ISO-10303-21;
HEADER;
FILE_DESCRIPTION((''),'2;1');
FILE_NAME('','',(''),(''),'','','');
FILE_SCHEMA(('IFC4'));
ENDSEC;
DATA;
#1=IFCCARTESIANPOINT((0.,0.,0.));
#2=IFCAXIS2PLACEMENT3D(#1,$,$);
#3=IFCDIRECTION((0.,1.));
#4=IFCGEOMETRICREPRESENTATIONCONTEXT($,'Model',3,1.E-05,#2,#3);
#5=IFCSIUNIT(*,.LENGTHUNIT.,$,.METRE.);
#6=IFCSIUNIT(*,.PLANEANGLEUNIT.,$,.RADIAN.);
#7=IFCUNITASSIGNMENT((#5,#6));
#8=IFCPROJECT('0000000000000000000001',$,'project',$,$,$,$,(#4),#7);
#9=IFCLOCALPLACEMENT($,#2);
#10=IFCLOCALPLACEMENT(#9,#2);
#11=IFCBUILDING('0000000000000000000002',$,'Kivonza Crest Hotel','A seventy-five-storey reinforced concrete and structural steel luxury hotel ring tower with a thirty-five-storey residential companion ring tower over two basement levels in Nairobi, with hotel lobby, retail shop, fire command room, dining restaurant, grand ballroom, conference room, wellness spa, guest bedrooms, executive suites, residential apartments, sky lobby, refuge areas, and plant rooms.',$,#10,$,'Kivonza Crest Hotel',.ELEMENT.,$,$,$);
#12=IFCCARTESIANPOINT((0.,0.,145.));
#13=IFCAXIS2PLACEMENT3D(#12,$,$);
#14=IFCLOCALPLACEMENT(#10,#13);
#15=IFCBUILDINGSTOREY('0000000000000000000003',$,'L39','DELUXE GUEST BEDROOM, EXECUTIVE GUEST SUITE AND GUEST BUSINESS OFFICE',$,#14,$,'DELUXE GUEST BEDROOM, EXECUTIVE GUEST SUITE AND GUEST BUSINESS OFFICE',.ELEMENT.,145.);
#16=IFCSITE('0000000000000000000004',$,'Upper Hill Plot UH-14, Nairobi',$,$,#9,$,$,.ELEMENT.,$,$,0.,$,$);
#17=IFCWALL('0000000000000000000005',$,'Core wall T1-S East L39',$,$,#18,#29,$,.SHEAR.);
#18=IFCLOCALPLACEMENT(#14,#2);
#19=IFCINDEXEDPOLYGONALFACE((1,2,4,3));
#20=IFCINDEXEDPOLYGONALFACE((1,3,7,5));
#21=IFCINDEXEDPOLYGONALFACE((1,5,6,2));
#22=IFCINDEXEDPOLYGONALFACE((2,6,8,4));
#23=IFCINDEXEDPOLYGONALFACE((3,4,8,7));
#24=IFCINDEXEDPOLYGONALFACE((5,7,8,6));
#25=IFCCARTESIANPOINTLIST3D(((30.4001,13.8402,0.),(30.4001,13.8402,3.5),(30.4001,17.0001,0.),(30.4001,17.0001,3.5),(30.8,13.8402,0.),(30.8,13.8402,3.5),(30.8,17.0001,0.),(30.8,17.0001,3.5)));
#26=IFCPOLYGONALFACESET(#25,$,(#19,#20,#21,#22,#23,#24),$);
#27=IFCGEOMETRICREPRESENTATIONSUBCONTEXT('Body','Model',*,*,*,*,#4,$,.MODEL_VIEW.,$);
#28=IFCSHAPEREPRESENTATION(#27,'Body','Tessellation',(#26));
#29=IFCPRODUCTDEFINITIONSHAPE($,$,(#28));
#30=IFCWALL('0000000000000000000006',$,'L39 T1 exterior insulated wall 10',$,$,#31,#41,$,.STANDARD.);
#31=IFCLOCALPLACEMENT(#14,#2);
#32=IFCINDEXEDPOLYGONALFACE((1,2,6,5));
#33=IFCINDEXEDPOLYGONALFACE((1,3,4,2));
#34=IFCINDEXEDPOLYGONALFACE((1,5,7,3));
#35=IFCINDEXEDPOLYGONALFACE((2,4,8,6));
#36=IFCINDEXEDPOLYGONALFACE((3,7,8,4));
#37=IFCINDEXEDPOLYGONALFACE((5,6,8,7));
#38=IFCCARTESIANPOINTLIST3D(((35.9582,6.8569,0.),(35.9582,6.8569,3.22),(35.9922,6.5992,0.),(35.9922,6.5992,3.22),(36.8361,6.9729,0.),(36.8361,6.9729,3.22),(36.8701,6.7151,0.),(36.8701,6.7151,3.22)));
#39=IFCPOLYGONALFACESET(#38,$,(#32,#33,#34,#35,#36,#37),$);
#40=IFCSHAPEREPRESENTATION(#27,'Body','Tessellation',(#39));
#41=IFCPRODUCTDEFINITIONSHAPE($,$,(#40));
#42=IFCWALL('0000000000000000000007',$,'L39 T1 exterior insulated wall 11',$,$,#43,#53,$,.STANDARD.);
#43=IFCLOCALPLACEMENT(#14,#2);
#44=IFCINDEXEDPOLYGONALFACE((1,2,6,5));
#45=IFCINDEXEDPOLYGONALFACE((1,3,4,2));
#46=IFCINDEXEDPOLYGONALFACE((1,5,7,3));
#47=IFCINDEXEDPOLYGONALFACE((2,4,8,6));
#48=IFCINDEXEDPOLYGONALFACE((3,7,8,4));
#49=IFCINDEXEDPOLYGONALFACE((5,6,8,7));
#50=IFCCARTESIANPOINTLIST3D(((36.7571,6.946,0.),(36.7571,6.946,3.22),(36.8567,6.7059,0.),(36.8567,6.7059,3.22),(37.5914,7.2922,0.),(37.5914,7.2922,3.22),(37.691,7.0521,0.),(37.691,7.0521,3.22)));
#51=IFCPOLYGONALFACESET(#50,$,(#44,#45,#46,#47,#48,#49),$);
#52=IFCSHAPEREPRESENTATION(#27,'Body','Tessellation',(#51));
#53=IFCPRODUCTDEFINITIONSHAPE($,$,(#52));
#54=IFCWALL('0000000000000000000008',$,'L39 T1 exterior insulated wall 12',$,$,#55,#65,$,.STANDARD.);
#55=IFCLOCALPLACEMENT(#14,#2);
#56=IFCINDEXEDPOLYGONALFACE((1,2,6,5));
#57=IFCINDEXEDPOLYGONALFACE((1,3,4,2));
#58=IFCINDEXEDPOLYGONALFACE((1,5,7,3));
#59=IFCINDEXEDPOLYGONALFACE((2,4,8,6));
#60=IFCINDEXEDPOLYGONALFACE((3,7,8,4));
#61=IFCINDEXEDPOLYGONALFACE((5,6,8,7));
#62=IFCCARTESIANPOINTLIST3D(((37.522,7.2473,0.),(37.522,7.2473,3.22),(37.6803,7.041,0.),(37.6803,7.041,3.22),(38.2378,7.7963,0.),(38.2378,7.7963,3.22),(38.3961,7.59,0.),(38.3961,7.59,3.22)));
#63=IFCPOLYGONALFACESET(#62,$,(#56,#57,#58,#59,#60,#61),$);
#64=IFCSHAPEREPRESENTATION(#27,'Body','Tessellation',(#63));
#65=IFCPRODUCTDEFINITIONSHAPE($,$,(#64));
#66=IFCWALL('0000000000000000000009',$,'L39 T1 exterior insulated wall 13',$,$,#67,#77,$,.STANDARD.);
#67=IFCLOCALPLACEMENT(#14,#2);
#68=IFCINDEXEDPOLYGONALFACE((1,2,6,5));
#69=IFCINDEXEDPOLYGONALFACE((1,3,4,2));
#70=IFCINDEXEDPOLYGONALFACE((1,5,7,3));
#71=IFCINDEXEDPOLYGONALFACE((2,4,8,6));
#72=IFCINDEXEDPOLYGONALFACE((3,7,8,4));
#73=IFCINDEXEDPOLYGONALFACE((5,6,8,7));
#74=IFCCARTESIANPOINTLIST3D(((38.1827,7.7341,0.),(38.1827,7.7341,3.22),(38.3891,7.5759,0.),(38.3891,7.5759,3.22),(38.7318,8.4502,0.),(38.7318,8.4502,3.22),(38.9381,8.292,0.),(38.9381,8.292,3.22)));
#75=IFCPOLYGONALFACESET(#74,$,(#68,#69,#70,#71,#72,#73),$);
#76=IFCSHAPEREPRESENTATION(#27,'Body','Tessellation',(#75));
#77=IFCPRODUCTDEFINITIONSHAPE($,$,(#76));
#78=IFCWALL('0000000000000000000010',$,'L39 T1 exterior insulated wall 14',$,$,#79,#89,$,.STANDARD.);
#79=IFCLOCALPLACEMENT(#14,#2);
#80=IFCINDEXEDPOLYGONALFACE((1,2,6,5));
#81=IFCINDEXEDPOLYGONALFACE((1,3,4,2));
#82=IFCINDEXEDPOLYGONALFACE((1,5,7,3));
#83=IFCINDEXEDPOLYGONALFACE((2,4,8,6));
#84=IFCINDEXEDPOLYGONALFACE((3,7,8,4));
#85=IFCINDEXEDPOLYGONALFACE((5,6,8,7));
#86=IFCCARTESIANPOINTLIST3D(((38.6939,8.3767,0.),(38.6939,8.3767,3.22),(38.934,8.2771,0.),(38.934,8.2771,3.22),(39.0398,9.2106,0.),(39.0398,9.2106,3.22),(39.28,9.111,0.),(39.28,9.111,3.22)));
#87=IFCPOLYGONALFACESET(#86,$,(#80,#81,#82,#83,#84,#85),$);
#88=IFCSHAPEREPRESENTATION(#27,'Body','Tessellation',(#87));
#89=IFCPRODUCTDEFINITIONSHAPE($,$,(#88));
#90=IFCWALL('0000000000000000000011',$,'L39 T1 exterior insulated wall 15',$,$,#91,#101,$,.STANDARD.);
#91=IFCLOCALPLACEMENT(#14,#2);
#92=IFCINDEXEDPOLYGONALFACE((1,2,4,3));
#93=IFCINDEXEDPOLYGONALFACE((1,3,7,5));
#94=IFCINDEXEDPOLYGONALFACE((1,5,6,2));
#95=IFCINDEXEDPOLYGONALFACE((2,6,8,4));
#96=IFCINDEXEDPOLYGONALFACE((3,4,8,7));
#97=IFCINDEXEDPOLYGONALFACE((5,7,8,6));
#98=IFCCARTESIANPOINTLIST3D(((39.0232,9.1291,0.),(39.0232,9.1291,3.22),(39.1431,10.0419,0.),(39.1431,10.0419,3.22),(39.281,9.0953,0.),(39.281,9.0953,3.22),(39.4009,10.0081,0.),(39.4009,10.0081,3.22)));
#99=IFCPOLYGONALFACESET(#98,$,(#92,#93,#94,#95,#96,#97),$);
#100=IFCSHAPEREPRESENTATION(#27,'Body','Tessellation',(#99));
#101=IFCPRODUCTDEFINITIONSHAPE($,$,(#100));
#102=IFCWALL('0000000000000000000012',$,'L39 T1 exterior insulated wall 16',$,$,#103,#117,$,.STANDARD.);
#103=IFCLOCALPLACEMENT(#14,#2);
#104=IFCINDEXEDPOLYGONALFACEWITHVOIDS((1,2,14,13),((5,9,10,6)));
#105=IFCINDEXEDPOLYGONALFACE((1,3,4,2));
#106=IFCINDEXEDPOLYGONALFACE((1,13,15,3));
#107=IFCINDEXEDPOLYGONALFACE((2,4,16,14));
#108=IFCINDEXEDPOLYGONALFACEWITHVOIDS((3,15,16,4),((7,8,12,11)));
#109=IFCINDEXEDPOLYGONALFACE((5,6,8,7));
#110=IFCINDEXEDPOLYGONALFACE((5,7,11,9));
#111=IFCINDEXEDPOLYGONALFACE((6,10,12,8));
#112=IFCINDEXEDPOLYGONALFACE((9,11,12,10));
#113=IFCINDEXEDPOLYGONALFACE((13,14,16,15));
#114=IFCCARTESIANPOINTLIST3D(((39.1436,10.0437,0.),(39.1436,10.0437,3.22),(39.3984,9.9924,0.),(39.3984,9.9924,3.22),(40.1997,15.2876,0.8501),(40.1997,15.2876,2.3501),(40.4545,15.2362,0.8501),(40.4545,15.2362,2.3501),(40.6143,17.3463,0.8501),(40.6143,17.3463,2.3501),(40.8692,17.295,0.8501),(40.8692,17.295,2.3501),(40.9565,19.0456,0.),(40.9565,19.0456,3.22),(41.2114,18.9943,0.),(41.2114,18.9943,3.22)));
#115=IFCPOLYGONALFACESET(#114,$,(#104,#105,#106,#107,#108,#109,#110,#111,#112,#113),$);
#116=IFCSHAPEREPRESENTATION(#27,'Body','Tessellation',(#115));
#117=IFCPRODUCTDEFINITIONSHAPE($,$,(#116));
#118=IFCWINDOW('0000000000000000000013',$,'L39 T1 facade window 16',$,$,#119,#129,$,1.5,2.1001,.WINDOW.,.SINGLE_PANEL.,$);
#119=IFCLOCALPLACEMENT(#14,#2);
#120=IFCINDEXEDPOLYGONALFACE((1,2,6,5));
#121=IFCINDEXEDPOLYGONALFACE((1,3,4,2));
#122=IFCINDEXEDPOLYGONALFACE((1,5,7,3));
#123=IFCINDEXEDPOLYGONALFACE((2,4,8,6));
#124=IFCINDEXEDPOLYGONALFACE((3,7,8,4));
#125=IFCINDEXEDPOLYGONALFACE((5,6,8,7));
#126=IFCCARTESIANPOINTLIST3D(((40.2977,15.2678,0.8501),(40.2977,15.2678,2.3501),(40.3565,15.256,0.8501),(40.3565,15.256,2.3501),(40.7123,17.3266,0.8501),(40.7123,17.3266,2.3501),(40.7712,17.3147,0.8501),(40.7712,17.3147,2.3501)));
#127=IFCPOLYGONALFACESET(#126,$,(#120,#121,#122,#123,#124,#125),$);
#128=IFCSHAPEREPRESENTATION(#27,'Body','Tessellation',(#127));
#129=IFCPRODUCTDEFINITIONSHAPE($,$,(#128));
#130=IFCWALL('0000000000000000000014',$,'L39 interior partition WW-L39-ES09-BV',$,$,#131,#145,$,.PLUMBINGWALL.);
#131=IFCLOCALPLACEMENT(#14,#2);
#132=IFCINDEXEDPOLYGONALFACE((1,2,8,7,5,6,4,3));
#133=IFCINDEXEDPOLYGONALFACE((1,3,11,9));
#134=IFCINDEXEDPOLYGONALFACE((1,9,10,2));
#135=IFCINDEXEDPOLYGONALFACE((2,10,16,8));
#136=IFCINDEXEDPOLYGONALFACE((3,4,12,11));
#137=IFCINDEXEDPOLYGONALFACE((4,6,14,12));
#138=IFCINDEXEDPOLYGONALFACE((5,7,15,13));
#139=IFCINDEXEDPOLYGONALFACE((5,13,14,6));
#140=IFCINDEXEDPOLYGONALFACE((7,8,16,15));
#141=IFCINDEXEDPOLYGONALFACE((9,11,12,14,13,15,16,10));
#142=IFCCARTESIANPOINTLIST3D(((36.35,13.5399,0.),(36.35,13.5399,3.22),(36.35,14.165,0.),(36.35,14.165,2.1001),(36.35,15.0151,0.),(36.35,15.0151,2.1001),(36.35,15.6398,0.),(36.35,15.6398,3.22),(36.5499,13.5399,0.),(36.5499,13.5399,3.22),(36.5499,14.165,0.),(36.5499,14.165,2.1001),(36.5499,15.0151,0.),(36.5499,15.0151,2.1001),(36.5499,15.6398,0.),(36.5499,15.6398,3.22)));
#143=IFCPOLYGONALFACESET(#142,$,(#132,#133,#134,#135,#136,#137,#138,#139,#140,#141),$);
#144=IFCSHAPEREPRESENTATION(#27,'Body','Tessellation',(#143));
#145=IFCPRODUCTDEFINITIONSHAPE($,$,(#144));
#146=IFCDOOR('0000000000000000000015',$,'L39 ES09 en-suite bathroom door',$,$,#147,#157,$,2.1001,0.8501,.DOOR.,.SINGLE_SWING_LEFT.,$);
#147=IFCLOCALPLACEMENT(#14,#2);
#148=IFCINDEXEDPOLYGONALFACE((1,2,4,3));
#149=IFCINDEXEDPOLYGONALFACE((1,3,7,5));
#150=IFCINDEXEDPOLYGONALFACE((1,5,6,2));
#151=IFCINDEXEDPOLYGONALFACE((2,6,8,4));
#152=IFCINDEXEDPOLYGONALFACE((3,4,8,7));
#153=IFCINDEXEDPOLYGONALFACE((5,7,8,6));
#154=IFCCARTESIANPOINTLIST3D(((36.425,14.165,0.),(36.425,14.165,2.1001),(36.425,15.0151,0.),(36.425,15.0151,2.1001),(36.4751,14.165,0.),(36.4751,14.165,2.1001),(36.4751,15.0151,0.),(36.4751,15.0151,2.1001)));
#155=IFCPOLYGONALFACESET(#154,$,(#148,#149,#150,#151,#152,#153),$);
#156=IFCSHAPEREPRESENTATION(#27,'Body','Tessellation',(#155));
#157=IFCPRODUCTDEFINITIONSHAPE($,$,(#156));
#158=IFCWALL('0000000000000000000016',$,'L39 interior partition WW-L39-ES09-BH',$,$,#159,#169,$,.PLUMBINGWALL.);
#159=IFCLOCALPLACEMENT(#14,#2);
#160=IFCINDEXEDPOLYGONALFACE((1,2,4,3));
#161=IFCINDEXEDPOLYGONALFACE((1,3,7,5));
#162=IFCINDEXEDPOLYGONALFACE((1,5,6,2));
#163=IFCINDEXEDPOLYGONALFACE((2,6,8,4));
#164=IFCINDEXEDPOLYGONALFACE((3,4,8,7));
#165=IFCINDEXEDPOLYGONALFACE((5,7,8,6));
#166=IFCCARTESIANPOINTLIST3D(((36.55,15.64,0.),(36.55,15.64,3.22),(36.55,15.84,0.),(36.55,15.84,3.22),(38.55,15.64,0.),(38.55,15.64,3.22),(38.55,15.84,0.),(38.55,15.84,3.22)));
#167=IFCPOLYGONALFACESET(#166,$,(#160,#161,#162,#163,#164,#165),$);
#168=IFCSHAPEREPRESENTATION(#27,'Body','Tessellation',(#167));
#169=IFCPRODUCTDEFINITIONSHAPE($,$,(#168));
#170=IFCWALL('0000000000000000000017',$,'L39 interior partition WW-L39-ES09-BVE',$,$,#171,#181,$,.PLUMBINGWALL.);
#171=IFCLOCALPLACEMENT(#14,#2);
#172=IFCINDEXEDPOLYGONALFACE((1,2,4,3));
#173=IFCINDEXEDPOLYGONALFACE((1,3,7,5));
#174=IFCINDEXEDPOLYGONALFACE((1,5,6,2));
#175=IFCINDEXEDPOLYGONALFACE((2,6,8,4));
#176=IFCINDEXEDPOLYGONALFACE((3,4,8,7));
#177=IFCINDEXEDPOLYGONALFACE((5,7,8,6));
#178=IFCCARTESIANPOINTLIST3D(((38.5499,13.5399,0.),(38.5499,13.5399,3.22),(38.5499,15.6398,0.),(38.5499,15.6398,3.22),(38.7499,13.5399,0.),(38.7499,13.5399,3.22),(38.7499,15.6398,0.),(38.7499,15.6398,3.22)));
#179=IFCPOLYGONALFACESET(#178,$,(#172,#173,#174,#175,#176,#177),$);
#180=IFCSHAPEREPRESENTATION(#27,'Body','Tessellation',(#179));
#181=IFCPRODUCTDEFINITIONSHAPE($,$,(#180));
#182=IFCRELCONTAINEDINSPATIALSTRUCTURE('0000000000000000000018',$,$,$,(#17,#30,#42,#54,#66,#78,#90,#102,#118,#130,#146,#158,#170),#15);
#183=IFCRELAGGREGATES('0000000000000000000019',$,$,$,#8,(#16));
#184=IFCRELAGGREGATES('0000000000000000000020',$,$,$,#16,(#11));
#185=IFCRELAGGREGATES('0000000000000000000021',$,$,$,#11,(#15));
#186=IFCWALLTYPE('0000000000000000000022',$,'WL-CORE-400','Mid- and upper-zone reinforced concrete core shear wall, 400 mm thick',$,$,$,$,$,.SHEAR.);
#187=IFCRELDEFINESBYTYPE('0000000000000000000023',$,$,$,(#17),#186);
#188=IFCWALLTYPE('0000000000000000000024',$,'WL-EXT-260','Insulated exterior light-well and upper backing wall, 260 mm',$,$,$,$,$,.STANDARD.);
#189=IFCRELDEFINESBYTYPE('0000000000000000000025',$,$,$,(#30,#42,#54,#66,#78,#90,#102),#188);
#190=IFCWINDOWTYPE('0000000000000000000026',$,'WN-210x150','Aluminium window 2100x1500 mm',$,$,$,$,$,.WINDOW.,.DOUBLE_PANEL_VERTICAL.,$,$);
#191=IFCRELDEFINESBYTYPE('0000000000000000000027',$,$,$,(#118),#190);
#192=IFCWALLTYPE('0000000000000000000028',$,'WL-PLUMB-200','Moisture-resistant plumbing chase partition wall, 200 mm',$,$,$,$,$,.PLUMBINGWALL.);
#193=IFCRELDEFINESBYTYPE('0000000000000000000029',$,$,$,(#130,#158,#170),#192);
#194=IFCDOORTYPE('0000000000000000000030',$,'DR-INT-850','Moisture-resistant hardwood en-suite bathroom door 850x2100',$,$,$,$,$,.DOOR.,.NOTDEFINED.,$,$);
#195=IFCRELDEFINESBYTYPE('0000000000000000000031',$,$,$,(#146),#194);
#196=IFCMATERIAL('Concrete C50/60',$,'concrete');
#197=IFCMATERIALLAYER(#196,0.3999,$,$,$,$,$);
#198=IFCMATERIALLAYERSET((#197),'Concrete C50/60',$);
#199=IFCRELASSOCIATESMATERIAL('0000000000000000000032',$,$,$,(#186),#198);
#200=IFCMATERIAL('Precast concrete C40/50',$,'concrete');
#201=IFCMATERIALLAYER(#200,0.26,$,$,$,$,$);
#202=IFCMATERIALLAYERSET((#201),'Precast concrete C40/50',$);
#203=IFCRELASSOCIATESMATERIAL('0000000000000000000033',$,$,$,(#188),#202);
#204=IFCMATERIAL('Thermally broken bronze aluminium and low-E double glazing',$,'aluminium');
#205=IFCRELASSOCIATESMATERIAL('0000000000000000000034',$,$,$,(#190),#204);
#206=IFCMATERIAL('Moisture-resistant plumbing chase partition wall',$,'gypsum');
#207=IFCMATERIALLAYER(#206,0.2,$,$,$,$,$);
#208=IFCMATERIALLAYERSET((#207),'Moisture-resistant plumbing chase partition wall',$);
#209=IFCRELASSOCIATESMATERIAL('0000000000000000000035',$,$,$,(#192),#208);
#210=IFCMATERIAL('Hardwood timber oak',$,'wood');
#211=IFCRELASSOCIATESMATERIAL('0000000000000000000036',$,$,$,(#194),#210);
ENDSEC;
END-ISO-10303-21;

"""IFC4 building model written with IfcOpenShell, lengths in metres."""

from ifc_helpers import new_model, si_unit, direction, frame, frame_2d, origin, place, context, subcontext, project, spatial, rectangle, extrude, material, layer, layer_set, type_object, element, fill, save


model = new_model("IFC4")

# Units and contexts
model_context = context("Model", 3, precision=1e-05, world=origin(), true_north=direction((0.0, 1.0)))
body_context = subcontext(model_context, "Body", "Model", "MODEL_VIEW")
ifc_project = project(units=[si_unit("LENGTHUNIT", "METRE"), si_unit("PLANEANGLEUNIT", "RADIAN")], contexts=[model_context])

# Site, building, storey
site_placement = place(None, origin())
site = spatial("IfcSite", under=ifc_project, at=site_placement, Name="Upper Hill Plot UH-14, Nairobi", CompositionType="ELEMENT", RefElevation=0.0)
building_placement = place(site_placement, origin())
building = spatial("IfcBuilding", under=site, at=building_placement, Name="Kivonza Crest Hotel", Description="A seventy-five-storey reinforced concrete and structural steel luxury hotel ring tower with a thirty-five-storey residential companion ring tower over two basement levels in Nairobi, with hotel lobby, retail shop, fire command room, dining restaurant, grand ballroom, conference room, wellness spa, guest bedrooms, executive suites, residential apartments, sky lobby, refuge areas, and plant rooms.", LongName="Kivonza Crest Hotel", CompositionType="ELEMENT")
storey_placement = place(building_placement, frame((0.0, 0.0, 145.0)))
storey = spatial("IfcBuildingStorey", under=building, at=storey_placement, Name="L39", Description="DELUXE GUEST BEDROOM, EXECUTIVE GUEST SUITE AND GUEST BUSINESS OFFICE", LongName="DELUXE GUEST BEDROOM, EXECUTIVE GUEST SUITE AND GUEST BUSINESS OFFICE", CompositionType="ELEMENT", Elevation=145.0)

# Shared definitions
ifc_material_1 = material(Name="Concrete C50/60", Category="concrete")

# Shared definitions
ifc_material_2 = material(Name="Hardwood timber oak", Category="wood")

# Walls
ifc_layer_1 = layer(ifc_material_1, 0.3999)
ifc_layer_set_1 = layer_set([ifc_layer_1], Name="Concrete C50/60")
wall_type_1 = type_object("IfcWallType", Name="WL-CORE-400", Description="Mid- and upper-zone reinforced concrete core shear wall, 400 mm thick", PredefinedType="SHEAR", material=ifc_layer_set_1)
wall_1_placement = place(storey_placement, frame((30.6001, 13.8401, 0.0), z_axis=(0.0, 0.0, 1.0), x_axis=(0.0, 1.0, 0.0)))
element("IfcWall", 1, at=wall_1_placement, inside=storey, type_object=wall_type_1, Name="Core wall T1-S East L39", PredefinedType="SHEAR", context=body_context, shape_type="SweptSolid", body=[
    extrude(rectangle(XDim=3.1599, YDim=0.3999, at=frame_2d((1.5801, 0.0))), origin(), (0.0, 0.0, 1.0), 3.5),
])
ifc_material_3 = material(Name="Precast concrete C40/50", Category="concrete")
ifc_layer_2 = layer(ifc_material_3, 0.26)
ifc_layer_set_2 = layer_set([ifc_layer_2], Name="Precast concrete C40/50")
wall_type_2 = type_object("IfcWallType", Name="WL-EXT-260", Description="Insulated exterior light-well and upper backing wall, 260 mm", PredefinedType="STANDARD", material=ifc_layer_set_2)
wall_2_placement = place(storey_placement, frame((35.9751, 6.728, 0.0), z_axis=(0.0, 0.0, 1.0), x_axis=(0.991388, 0.130954, 0.0)))
element("IfcWall", 2, at=wall_2_placement, inside=storey, type_object=wall_type_2, Name="L39 T1 exterior insulated wall 10", PredefinedType="STANDARD", context=body_context, shape_type="SweptSolid", body=[
    extrude(rectangle(XDim=0.8855, YDim=0.26, at=frame_2d((0.4429, 0.0))), origin(), (0.0, 0.0, 1.0), 3.22),
])
wall_3_placement = place(storey_placement, frame((36.8069, 6.8259, 0.0), z_axis=(0.0, 0.0, 1.0), x_axis=(0.923628, 0.383291, 0.0)))
element("IfcWall", 3, at=wall_3_placement, inside=storey, type_object=wall_type_2, Name="L39 T1 exterior insulated wall 11", PredefinedType="STANDARD", context=body_context, shape_type="SweptSolid", body=[
    extrude(rectangle(XDim=0.9033, YDim=0.26, at=frame_2d((0.4517, 0.0))), origin(), (0.0, 0.0, 1.0), 3.22),
])
wall_4_placement = place(storey_placement, frame((37.6011, 7.144, 0.0), z_axis=(0.0, 0.0, 1.0), x_axis=(0.793458, 0.608625, 0.0)))
element("IfcWall", 4, at=wall_4_placement, inside=storey, type_object=wall_type_2, Name="L39 T1 exterior insulated wall 12", PredefinedType="STANDARD", context=body_context, shape_type="SweptSolid", body=[
    extrude(rectangle(XDim=0.9021, YDim=0.26, at=frame_2d((0.4512, 0.0))), origin(), (0.0, 0.0, 1.0), 3.22),
])
wall_5_placement = place(storey_placement, frame((38.2859, 7.655, 0.0), z_axis=(0.0, 0.0, 1.0), x_axis=(0.608494, 0.793558, 0.0)))
element("IfcWall", 5, at=wall_5_placement, inside=storey, type_object=wall_type_2, Name="L39 T1 exterior insulated wall 13", PredefinedType="STANDARD", context=body_context, shape_type="SweptSolid", body=[
    extrude(rectangle(XDim=0.9023, YDim=0.26, at=frame_2d((0.4512, 0.0))), origin(), (0.0, 0.0, 1.0), 3.22),
])
wall_6_placement = place(storey_placement, frame((38.814, 8.3269, 0.0), z_axis=(0.0, 0.0, 1.0), x_axis=(0.383156, 0.923684, 0.0)))
element("IfcWall", 6, at=wall_6_placement, inside=storey, type_object=wall_type_2, Name="L39 T1 exterior insulated wall 14", PredefinedType="STANDARD", context=body_context, shape_type="SweptSolid", body=[
    extrude(rectangle(XDim=0.9028, YDim=0.26, at=frame_2d((0.4514, 0.0))), origin(), (0.0, 0.0, 1.0), 3.22),
])
wall_7_placement = place(storey_placement, frame((39.1521, 9.1121, 0.0), z_axis=(0.0, 0.0, 1.0), x_axis=(0.130201, 0.991488, 0.0)))
element("IfcWall", 7, at=wall_7_placement, inside=storey, type_object=wall_type_2, Name="L39 T1 exterior insulated wall 15", PredefinedType="STANDARD", context=body_context, shape_type="SweptSolid", body=[
    extrude(rectangle(XDim=0.9207, YDim=0.26, at=frame_2d((0.4604, 0.0))), origin(), (0.0, 0.0, 1.0), 3.22),
])

# Wall, opening, window
wall_8_placement = place(storey_placement, frame((39.271, 10.0181, 0.0), z_axis=(0.0, 0.0, 1.0), x_axis=(0.197435, 0.980316, 0.0)))
wall_8 = element("IfcWall", 8, at=wall_8_placement, inside=storey, type_object=wall_type_2, Name="L39 T1 exterior insulated wall 16", PredefinedType="STANDARD", context=body_context, shape_type="SweptSolid", body=[
    extrude(rectangle(XDim=9.1826, YDim=0.26, at=frame_2d((4.5913, 0.0))), origin(), (0.0, 0.0, 1.0), 3.22),
])
opening_1_placement = place(wall_8_placement, frame((5.3491, 0.0, 0.8501)))
opening_1 = element("IfcOpeningElement", 9, at=opening_1_placement, cuts=wall_8, PredefinedType="OPENING", context=body_context, shape_type="SweptSolid", body=[
    extrude(rectangle(XDim=2.1001, YDim=1.5, at=frame_2d((1.05, 0.75))), frame((0.0, 0.1401, 0.0), z_axis=(0.0, -1.0, 0.0), x_axis=(1.0, 0.0, 0.0)), (0.0, 0.0, 1.0), 0.28),
])
ifc_material_4 = material(Name="Thermally broken bronze aluminium and low-E double glazing", Category="aluminium")
window_type = type_object("IfcWindowType", Name="WN-210x150", Description="Aluminium window 2100x1500 mm", PartitioningType="DOUBLE_PANEL_VERTICAL", PredefinedType="WINDOW", material=ifc_material_4)
window_placement = place(opening_1_placement, origin())
window = element("IfcWindow", 10, at=window_placement, inside=storey, type_object=window_type, Name="L39 T1 facade window 16", OverallHeight=1.5, OverallWidth=2.1001, PartitioningType="SINGLE_PANEL", PredefinedType="WINDOW", context=body_context, shape_type="SweptSolid", body=[
    extrude(rectangle(XDim=2.1001, YDim=1.5, at=frame_2d((1.05, 0.75))), frame((0.0, 0.03, 0.0), z_axis=(0.0, -1.0, 0.0), x_axis=(1.0, 0.0, 0.0)), (0.0, 0.0, 1.0), 0.0601),
])
fill(opening_1, window)

# Wall, opening, door
ifc_material_5 = material(Name="Moisture-resistant plumbing chase partition wall", Category="gypsum")
ifc_layer_3 = layer(ifc_material_5, 0.2)
ifc_layer_set_3 = layer_set([ifc_layer_3], Name="Moisture-resistant plumbing chase partition wall")
wall_type_3 = type_object("IfcWallType", Name="WL-PLUMB-200", Description="Moisture-resistant plumbing chase partition wall, 200 mm", PredefinedType="PLUMBINGWALL", material=ifc_layer_set_3)
wall_9_placement = place(storey_placement, frame((36.45, 13.54, 0.0), z_axis=(0.0, 0.0, 1.0), x_axis=(0.0, 1.0, 0.0)))
wall_9 = element("IfcWall", 11, at=wall_9_placement, inside=storey, type_object=wall_type_3, Name="L39 interior partition WW-L39-ES09-BV", PredefinedType="PLUMBINGWALL", context=body_context, shape_type="SweptSolid", body=[
    extrude(rectangle(XDim=2.0999, YDim=0.2, at=frame_2d((1.0498, 0.0))), origin(), (0.0, 0.0, 1.0), 3.22),
])
opening_2_placement = place(wall_9_placement, frame((0.625, 0.0, 0.0)))
opening_2 = element("IfcOpeningElement", 12, at=opening_2_placement, cuts=wall_9, PredefinedType="OPENING", context=body_context, shape_type="SweptSolid", body=[
    extrude(rectangle(XDim=0.8501, YDim=2.1001, at=frame_2d((0.425, 1.05))), frame((0.0, 0.1099, 0.0), z_axis=(0.0, -1.0, 0.0), x_axis=(1.0, 0.0, 0.0)), (0.0, 0.0, 1.0), 0.22),
])
door_type_1 = type_object("IfcDoorType", Name="DR-INT-850", Description="Moisture-resistant hardwood en-suite bathroom door 850x2100", OperationType="NOTDEFINED", PredefinedType="DOOR", material=ifc_material_2)
door_1_placement = place(opening_2_placement, origin())
door_1 = element("IfcDoor", 13, at=door_1_placement, inside=storey, type_object=door_type_1, Name="L39 ES09 en-suite bathroom door", OperationType="SINGLE_SWING_LEFT", OverallHeight=2.1001, OverallWidth=0.8501, PredefinedType="DOOR", context=body_context, shape_type="SweptSolid", body=[
    extrude(rectangle(XDim=0.8501, YDim=2.1001, at=frame_2d((0.425, 1.05))), frame((0.0, 0.0249, 0.0), z_axis=(0.0, -1.0, 0.0), x_axis=(1.0, 0.0, 0.0)), (0.0, 0.0, 1.0), 0.05),
])
fill(opening_2, door_1)

# Walls
wall_10_placement = place(storey_placement, frame((36.55, 15.74, 0.0), z_axis=(0.0, 0.0, 1.0), x_axis=(1.0, 0.0, 0.0)))
element("IfcWall", 14, at=wall_10_placement, inside=storey, type_object=wall_type_3, Name="L39 interior partition WW-L39-ES09-BH", PredefinedType="PLUMBINGWALL", context=body_context, shape_type="SweptSolid", body=[
    extrude(rectangle(XDim=2.0, YDim=0.2, at=frame_2d((1.0, 0.0))), origin(), (0.0, 0.0, 1.0), 3.22),
])
wall_11_placement = place(storey_placement, frame((38.6499, 13.54, 0.0), z_axis=(0.0, 0.0, 1.0), x_axis=(0.0, 1.0, 0.0)))
element("IfcWall", 15, at=wall_11_placement, inside=storey, type_object=wall_type_3, Name="L39 interior partition WW-L39-ES09-BVE", PredefinedType="PLUMBINGWALL", context=body_context, shape_type="SweptSolid", body=[
    extrude(rectangle(XDim=2.0999, YDim=0.2, at=frame_2d((1.0498, 0.0))), origin(), (0.0, 0.0, 1.0), 3.22),
])

save(model, "model.ifc")
